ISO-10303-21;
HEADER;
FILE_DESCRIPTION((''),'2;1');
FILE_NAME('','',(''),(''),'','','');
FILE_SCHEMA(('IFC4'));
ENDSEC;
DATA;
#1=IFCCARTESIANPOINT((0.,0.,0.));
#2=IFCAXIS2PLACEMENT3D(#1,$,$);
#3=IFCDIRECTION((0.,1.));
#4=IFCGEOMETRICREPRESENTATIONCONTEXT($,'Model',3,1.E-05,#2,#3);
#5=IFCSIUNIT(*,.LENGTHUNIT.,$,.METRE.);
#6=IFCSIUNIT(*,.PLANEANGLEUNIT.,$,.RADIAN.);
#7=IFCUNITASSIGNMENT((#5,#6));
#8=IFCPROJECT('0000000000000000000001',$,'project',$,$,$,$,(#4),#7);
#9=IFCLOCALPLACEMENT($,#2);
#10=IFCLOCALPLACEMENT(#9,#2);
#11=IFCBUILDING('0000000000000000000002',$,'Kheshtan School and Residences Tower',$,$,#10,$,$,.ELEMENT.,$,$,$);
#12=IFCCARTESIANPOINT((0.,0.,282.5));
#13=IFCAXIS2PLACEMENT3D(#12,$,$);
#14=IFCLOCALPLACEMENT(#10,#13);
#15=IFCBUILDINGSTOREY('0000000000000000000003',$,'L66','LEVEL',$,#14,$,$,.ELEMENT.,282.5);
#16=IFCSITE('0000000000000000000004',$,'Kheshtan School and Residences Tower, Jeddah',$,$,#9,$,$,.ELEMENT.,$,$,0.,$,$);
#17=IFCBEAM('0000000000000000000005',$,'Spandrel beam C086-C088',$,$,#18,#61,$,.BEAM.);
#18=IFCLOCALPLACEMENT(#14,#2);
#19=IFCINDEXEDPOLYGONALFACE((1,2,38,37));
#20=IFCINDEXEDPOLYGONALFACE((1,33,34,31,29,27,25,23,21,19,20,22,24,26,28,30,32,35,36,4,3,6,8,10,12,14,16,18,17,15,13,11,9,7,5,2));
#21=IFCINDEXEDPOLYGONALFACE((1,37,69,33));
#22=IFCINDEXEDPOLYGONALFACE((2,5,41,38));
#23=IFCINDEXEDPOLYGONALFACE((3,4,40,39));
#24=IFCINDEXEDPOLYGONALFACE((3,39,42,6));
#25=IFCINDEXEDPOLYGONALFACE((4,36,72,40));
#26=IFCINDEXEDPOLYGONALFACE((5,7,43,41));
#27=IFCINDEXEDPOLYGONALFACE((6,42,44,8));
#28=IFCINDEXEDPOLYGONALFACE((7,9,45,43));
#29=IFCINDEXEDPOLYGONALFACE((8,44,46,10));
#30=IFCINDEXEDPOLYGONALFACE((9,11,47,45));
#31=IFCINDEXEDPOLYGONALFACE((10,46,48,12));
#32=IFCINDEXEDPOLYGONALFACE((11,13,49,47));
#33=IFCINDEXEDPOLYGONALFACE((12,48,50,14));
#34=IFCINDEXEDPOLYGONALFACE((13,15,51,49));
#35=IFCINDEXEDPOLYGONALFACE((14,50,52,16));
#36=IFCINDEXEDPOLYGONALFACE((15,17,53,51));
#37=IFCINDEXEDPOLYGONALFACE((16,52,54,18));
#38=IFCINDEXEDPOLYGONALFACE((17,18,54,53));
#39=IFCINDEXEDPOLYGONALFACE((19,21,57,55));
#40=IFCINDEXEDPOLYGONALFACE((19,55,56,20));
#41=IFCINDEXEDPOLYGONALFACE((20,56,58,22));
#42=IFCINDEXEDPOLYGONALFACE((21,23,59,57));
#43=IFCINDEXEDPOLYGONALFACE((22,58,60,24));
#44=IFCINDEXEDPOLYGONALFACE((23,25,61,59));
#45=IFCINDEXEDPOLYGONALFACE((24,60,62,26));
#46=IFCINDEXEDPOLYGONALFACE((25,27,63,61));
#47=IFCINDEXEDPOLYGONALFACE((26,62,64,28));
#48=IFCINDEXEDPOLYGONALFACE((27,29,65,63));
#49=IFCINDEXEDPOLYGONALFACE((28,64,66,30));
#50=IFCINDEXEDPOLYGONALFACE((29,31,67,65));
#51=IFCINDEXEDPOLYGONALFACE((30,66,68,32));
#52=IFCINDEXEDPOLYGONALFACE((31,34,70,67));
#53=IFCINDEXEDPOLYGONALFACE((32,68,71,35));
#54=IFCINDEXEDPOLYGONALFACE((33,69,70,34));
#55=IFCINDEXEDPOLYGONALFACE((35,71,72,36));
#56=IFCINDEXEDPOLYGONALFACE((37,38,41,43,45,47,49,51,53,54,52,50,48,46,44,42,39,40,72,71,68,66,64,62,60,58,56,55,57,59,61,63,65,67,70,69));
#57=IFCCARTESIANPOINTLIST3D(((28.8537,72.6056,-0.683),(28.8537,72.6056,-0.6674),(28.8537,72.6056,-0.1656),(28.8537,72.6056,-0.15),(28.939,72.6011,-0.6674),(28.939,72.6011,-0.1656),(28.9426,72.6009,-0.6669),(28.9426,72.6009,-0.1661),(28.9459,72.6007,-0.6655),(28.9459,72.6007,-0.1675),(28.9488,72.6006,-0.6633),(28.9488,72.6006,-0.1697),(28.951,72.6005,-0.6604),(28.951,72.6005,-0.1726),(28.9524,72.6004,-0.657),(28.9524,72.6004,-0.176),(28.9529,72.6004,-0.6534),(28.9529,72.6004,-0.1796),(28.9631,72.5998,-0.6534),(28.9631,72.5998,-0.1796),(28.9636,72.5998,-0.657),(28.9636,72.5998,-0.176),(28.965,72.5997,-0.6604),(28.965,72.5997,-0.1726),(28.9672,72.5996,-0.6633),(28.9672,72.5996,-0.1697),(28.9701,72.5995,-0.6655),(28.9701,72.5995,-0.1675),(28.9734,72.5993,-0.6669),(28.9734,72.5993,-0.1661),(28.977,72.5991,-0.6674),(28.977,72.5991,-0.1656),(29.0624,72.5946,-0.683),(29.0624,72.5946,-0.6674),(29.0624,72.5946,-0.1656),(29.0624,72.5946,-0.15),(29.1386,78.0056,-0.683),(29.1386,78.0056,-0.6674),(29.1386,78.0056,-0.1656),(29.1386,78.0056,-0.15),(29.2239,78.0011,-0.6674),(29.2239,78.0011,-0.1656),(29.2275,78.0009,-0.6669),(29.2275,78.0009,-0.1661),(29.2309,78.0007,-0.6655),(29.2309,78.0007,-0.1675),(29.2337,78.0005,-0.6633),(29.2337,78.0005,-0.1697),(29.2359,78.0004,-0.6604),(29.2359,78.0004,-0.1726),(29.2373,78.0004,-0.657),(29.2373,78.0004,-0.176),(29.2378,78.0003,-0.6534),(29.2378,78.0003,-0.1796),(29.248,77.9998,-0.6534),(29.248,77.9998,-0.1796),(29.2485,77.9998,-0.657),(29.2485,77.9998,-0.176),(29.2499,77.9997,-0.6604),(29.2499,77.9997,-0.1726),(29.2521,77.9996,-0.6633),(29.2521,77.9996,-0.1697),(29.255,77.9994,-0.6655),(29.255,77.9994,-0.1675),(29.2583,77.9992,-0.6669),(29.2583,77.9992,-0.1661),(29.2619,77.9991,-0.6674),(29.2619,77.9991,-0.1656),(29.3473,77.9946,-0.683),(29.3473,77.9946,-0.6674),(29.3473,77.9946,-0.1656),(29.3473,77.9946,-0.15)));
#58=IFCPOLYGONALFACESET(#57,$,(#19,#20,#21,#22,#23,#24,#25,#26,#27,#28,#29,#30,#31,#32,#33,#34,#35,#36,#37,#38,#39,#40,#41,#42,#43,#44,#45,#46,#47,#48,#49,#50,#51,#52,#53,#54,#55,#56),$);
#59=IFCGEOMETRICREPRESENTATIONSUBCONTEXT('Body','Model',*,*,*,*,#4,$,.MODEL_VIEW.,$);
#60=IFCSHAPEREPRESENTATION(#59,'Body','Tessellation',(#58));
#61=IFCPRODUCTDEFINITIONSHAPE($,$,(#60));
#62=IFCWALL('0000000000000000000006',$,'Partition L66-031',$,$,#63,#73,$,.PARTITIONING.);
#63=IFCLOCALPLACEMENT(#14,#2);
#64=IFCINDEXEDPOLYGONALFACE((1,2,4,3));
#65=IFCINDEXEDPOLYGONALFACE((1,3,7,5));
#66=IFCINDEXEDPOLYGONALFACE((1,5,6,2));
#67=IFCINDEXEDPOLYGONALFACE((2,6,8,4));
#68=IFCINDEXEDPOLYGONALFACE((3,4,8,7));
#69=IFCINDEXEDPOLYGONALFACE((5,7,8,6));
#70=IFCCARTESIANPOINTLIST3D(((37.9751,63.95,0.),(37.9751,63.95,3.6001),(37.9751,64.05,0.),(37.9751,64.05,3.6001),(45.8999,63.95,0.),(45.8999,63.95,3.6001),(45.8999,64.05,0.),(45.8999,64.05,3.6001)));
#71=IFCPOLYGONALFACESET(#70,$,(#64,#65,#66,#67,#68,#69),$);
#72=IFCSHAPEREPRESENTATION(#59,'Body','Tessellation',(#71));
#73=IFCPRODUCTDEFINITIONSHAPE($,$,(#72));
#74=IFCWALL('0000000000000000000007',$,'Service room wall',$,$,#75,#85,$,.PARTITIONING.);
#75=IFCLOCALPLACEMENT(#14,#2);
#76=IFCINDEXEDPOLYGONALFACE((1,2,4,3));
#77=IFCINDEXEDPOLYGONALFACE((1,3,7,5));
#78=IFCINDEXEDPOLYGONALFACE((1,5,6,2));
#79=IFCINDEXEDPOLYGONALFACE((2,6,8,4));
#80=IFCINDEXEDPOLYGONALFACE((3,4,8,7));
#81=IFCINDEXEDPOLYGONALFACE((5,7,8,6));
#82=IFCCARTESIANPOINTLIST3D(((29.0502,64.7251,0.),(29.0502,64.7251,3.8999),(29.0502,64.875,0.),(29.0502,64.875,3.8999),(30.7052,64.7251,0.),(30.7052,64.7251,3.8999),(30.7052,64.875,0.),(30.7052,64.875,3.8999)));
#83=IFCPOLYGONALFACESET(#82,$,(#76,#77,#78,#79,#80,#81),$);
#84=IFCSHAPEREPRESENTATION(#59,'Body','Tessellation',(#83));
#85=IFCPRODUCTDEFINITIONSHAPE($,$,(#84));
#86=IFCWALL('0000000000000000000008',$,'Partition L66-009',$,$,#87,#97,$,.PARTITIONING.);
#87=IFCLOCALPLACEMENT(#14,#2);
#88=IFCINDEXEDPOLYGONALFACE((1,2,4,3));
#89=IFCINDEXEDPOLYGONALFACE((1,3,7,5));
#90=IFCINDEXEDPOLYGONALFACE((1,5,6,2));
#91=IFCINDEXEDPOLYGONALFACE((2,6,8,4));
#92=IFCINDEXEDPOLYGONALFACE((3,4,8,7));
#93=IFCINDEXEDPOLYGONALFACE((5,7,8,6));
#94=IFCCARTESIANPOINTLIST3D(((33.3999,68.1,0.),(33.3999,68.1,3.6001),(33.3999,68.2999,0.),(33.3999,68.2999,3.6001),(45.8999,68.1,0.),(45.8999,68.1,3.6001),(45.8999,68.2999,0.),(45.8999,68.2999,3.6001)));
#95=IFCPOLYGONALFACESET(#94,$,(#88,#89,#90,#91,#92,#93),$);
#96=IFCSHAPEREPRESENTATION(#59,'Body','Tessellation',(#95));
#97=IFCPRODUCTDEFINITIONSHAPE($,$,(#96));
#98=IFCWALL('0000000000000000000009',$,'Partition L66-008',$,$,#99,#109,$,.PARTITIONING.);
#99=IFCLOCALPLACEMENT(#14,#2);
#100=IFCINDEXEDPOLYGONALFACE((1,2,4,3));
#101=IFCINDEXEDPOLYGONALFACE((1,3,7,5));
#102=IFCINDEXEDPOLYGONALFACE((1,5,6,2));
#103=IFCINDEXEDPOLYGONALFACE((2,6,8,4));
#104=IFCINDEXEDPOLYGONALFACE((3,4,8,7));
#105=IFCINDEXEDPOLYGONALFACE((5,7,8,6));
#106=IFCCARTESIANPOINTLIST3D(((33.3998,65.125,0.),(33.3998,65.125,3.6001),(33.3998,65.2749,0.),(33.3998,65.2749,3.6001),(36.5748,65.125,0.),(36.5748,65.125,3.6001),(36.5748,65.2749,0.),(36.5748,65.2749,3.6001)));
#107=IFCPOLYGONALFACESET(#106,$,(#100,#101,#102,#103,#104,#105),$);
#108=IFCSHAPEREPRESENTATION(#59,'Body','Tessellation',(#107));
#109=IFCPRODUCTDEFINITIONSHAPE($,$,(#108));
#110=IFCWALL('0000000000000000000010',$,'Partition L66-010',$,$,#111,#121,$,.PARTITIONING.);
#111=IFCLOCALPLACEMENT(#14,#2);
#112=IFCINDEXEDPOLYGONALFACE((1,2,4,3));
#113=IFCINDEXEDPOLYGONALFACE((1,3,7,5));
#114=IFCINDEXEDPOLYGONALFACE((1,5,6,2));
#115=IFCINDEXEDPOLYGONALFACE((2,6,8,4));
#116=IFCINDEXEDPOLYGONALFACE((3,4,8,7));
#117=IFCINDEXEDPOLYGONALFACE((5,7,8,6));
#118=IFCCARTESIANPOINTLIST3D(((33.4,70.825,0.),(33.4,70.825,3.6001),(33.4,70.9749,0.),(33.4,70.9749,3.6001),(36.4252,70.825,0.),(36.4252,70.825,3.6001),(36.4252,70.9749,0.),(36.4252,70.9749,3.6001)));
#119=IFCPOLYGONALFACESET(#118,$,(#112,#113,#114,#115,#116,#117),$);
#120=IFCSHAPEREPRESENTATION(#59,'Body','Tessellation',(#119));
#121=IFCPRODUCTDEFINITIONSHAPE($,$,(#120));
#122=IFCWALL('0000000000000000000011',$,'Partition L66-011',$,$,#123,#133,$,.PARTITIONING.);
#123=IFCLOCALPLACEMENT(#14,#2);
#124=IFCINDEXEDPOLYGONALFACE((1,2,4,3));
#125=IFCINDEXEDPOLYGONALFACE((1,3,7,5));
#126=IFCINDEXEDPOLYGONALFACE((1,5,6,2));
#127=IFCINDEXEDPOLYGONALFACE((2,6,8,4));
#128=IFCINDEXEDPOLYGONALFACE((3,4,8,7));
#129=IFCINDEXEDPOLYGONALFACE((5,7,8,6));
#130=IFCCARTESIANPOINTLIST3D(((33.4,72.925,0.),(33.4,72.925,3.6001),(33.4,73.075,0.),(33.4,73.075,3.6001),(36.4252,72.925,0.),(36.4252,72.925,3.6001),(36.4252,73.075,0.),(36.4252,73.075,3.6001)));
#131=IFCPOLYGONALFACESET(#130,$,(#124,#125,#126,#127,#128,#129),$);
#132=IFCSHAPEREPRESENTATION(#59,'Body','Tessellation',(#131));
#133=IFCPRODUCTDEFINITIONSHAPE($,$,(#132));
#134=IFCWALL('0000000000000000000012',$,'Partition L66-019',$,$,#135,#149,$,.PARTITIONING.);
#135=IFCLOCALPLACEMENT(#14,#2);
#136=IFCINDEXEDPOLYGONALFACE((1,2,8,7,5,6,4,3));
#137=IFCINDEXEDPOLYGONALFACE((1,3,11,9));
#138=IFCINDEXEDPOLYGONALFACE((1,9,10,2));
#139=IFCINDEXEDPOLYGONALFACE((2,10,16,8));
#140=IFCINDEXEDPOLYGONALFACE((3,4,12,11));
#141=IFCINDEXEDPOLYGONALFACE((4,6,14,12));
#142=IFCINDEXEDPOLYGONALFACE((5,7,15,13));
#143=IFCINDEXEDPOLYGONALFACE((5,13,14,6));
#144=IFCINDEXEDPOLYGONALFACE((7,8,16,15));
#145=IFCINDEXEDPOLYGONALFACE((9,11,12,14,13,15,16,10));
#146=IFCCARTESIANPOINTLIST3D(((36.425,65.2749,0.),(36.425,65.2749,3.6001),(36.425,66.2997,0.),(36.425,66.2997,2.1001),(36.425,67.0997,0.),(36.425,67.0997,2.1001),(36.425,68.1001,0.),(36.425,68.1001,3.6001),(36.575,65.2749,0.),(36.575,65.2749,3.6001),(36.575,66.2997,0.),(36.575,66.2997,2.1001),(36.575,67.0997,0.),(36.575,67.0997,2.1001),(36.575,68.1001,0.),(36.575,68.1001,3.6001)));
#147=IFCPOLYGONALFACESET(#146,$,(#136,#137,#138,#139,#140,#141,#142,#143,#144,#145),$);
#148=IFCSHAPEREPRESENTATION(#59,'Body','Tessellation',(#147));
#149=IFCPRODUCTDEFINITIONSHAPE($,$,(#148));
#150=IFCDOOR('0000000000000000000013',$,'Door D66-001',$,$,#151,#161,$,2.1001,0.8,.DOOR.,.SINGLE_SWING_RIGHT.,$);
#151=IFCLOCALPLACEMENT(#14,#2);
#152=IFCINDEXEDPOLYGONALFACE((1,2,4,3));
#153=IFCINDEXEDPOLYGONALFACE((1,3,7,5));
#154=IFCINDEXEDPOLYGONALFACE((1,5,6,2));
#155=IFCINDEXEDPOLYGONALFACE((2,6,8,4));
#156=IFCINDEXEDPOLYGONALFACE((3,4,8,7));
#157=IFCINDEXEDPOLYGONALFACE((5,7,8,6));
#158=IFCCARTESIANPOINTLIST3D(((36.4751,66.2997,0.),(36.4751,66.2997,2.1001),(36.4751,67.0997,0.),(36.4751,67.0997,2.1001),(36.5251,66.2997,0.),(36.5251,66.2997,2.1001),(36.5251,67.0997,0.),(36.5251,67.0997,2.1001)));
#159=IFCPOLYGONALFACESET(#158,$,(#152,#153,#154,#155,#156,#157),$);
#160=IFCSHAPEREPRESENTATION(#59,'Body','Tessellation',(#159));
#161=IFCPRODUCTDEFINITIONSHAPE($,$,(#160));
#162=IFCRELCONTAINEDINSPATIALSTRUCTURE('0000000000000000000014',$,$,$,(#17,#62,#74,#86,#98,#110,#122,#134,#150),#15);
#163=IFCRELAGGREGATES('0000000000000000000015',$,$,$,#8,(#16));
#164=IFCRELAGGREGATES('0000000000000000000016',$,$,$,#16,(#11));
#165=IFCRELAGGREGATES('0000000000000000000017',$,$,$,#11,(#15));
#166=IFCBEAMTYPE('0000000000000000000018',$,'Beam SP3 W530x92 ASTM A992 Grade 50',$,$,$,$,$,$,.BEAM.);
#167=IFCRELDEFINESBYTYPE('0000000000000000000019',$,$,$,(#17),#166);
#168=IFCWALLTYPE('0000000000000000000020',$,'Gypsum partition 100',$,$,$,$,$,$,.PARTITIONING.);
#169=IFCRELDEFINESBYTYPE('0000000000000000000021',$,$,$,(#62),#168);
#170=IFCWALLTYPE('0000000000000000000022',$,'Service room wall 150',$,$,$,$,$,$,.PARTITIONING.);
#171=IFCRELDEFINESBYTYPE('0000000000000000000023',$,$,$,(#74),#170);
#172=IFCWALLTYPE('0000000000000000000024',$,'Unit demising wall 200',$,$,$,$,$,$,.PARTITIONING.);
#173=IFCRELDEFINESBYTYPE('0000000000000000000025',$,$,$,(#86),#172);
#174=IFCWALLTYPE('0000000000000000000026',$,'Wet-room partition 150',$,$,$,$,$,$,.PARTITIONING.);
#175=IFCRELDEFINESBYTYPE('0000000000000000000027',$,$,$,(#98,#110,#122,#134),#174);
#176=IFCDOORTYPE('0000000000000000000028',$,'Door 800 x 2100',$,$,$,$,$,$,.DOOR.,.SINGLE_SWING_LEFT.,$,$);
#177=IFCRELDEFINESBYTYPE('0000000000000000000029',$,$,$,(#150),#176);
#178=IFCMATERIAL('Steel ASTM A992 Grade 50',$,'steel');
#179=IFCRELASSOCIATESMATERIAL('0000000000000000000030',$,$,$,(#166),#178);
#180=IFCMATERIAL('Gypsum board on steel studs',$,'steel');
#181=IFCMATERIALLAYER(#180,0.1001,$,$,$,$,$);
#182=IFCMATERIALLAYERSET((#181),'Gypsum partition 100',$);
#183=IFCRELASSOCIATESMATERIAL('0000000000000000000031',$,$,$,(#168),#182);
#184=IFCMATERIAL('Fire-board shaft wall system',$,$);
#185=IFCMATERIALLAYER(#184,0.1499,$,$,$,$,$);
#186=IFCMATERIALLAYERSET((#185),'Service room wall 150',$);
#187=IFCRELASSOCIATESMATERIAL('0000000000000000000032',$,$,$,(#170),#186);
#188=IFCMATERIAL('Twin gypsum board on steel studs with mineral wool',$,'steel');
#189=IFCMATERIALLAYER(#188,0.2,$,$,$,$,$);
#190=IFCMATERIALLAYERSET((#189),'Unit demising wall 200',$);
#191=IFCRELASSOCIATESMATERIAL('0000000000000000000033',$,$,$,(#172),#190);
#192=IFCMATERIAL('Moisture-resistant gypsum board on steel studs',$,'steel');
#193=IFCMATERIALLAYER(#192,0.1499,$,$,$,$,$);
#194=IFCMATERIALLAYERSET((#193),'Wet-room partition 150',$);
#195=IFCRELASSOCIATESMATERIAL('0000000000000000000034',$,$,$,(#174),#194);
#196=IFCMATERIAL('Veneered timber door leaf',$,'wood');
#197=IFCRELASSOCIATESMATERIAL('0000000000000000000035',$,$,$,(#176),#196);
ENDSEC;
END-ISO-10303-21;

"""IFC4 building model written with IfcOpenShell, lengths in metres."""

from ifc_helpers import new_model, si_unit, direction, frame, frame_2d, origin, origin_2d, place, context, subcontext, project, spatial, rectangle, i_section, extrude, source, transform, mapped, material, layer, layer_set, material_profile, profile_set, type_object, element, fill, save


model = new_model("IFC4")

# Units and contexts
model_context = context("Model", 3, precision=1e-05, world=origin(), true_north=direction((0.0, 1.0)))
body_context = subcontext(model_context, "Body", "Model", "MODEL_VIEW")
ifc_project = project(units=[si_unit("LENGTHUNIT", "METRE"), si_unit("PLANEANGLEUNIT", "RADIAN")], contexts=[model_context])

# Site, building, storey
site_placement = place(None, origin())
site = spatial("IfcSite", under=ifc_project, at=site_placement, Name="Kheshtan School and Residences Tower, Jeddah", CompositionType="ELEMENT", RefElevation=0.0)
building_placement = place(site_placement, origin())
building = spatial("IfcBuilding", under=site, at=building_placement, Name="Kheshtan School and Residences Tower", CompositionType="ELEMENT")
storey_placement = place(building_placement, frame((0.0, 0.0, 282.5)))
storey = spatial("IfcBuildingStorey", under=building, at=storey_placement, Name="L66", Description="LEVEL", CompositionType="ELEMENT", Elevation=282.5)

# Shared definitions
ifc_material_1 = material(Name="Steel ASTM A992 Grade 50", Category="steel")

# Beam
ifc_material_profile_1 = material_profile(ifc_material_1, i_section(OverallWidth=0.209, OverallDepth=0.533, WebThickness=0.0103, FlangeThickness=0.0156, FilletRadius=0.0139, at=origin_2d()), Name="W530x92")
ifc_profile_set_1 = profile_set([ifc_material_profile_1], Name="Steel ASTM A992 Grade 50")
beam_type_1 = type_object("IfcBeamType", Name="Beam SP3 W530x92 ASTM A992 Grade 50", PredefinedType="BEAM", material=ifc_profile_set_1)
beam_1_placement = place(storey_placement, frame((28.958, 72.6001, -0.4165), z_axis=(0.052689, 0.998611, 0.0), x_axis=(-0.998611, 0.052689, 0.0)))
element("IfcBeam", 1, at=beam_1_placement, inside=storey, type_object=beam_type_1, Name="Spandrel beam C086-C088", PredefinedType="BEAM", context=body_context, shape_type="SweptSolid", body=[
    extrude(i_section(OverallWidth=0.209, OverallDepth=0.533, WebThickness=0.0103, FlangeThickness=0.0156, FilletRadius=0.0139, at=origin_2d()), origin(), (0.0, 0.0, 1.0), 5.4075),
])

# Walls
ifc_material_2 = material(Name="Gypsum board on steel studs", Category="steel")
ifc_layer_1 = layer(ifc_material_2, 0.1001)
ifc_layer_set_1 = layer_set([ifc_layer_1], Name="Gypsum partition 100")
wall_type_1 = type_object("IfcWallType", Name="Gypsum partition 100", PredefinedType="PARTITIONING", material=ifc_layer_set_1)
wall_1_placement = place(storey_placement, frame((37.9751, 64.0, 0.0), z_axis=(0.0, 0.0, 1.0), x_axis=(1.0, 0.0, 0.0)))
element("IfcWall", 2, at=wall_1_placement, inside=storey, type_object=wall_type_1, Name="Partition L66-031", PredefinedType="PARTITIONING", context=body_context, shape_type="SweptSolid", body=[
    extrude(rectangle(XDim=7.9248, YDim=0.1001, at=frame_2d((3.9624, 0.0))), origin(), (0.0, 0.0, 1.0), 3.6001),
])
ifc_material_3 = material(Name="Fire-board shaft wall system")
ifc_layer_2 = layer(ifc_material_3, 0.1499)
ifc_layer_set_2 = layer_set([ifc_layer_2], Name="Service room wall 150")
wall_type_2 = type_object("IfcWallType", Name="Service room wall 150", PredefinedType="PARTITIONING", material=ifc_layer_set_2)
wall_2_placement = place(storey_placement, frame((29.05, 64.8, 0.0), z_axis=(0.0, 0.0, 1.0), x_axis=(1.0, 0.0, 0.0)))
element("IfcWall", 3, at=wall_2_placement, inside=storey, type_object=wall_type_2, Name="Service room wall", PredefinedType="PARTITIONING", context=body_context, shape_type="SweptSolid", body=[
    extrude(rectangle(XDim=1.655, YDim=0.1499, at=frame_2d((0.8276, 0.0))), origin(), (0.0, 0.0, 1.0), 3.8999),
])
ifc_material_4 = material(Name="Twin gypsum board on steel studs with mineral wool", Category="steel")
ifc_layer_3 = layer(ifc_material_4, 0.2)
ifc_layer_set_3 = layer_set([ifc_layer_3], Name="Unit demising wall 200")
wall_type_3 = type_object("IfcWallType", Name="Unit demising wall 200", PredefinedType="PARTITIONING", material=ifc_layer_set_3)
wall_3_placement = place(storey_placement, frame((33.3999, 68.2, 0.0), z_axis=(0.0, 0.0, 1.0), x_axis=(1.0, 0.0, 0.0)))
element("IfcWall", 4, at=wall_3_placement, inside=storey, type_object=wall_type_3, Name="Partition L66-009", PredefinedType="PARTITIONING", context=body_context, shape_type="SweptSolid", body=[
    extrude(rectangle(XDim=12.5, YDim=0.2, at=frame_2d((6.25, 0.0))), origin(), (0.0, 0.0, 1.0), 3.6001),
])
ifc_material_5 = material(Name="Moisture-resistant gypsum board on steel studs", Category="steel")
ifc_layer_4 = layer(ifc_material_5, 0.1499)
ifc_layer_set_4 = layer_set([ifc_layer_4], Name="Wet-room partition 150")
wall_type_4 = type_object("IfcWallType", Name="Wet-room partition 150", PredefinedType="PARTITIONING", material=ifc_layer_set_4)
wall_4_placement = place(storey_placement, frame((33.3999, 65.2, 0.0), z_axis=(0.0, 0.0, 1.0), x_axis=(1.0, 0.0, 0.0)))
element("IfcWall", 5, at=wall_4_placement, inside=storey, type_object=wall_type_4, Name="Partition L66-008", PredefinedType="PARTITIONING", context=body_context, shape_type="SweptSolid", body=[
    extrude(rectangle(XDim=3.175, YDim=0.1499, at=frame_2d((1.5874, 0.0))), origin(), (0.0, 0.0, 1.0), 3.6001),
])
for number, where, z_axis, x_axis, name in (
    (6, (33.3999, 70.8999, 0.0), (0.0, 0.0, 1.0), (1.0, 0.0, 0.0), "Partition L66-010"),
    (7, (33.3999, 73.0, 0.0), (0.0, 0.0, 1.0), (1.0, 0.0, 0.0), "Partition L66-011"),
):
    element("IfcWall", number, at=place(storey_placement, frame(where, z_axis=z_axis, x_axis=x_axis)), inside=storey, type_object=wall_type_4, Name=name, PredefinedType="PARTITIONING", context=body_context, shape_type="SweptSolid", body=[
        extrude(rectangle(XDim=3.0251, YDim=0.1499, at=frame_2d((1.5127, 0.0))), origin(), (0.0, 0.0, 1.0), 3.6001),
    ])

# Wall, opening, door
wall_5_placement = place(storey_placement, frame((36.5, 65.2749, 0.0), z_axis=(0.0, 0.0, 1.0), x_axis=(0.0, 1.0, 0.0)))
wall_5 = element("IfcWall", 8, at=wall_5_placement, inside=storey, type_object=wall_type_4, Name="Partition L66-019", PredefinedType="PARTITIONING", context=body_context, shape_type="SweptSolid", body=[
    extrude(rectangle(XDim=2.8252, YDim=0.1499, at=frame_2d((1.4126, 0.0))), origin(), (0.0, 0.0, 1.0), 3.6001),
])
opening_1_placement = place(wall_5_placement, frame((1.0249, 0.0, 0.0)))
opening_1 = element("IfcOpeningElement", 9, at=opening_1_placement, cuts=wall_5, PredefinedType="OPENING", context=body_context, shape_type="SweptSolid", body=[
    extrude(rectangle(XDim=0.8, YDim=2.1001, at=frame_2d((0.3999, 1.05))), frame((0.0, 0.085, 0.0), z_axis=(0.0, -1.0, 0.0), x_axis=(1.0, 0.0, 0.0)), (0.0, 0.0, 1.0), 0.1699),
])
ifc_material_6 = material(Name="Veneered timber door leaf", Category="wood")
door_type_1 = type_object("IfcDoorType", Name="Door 800 x 2100", OperationType="SINGLE_SWING_LEFT", PredefinedType="DOOR", material=ifc_material_6)
shared_shape_1 = source(origin(), body_context, "Body", "SweptSolid", [
    extrude(rectangle(XDim=0.8, YDim=2.1001, at=frame_2d((0.3999, 1.05))), frame((0.0, 0.0249, 0.0), z_axis=(0.0, -1.0, 0.0), x_axis=(1.0, 0.0, 0.0)), (0.0, 0.0, 1.0), 0.05),
])
door_1_placement = place(opening_1_placement, origin())
door_1 = element("IfcDoor", 10, at=door_1_placement, inside=storey, type_object=door_type_1, Name="Door D66-001", OperationType="SINGLE_SWING_RIGHT", OverallHeight=2.1001, OverallWidth=0.8, PredefinedType="DOOR", context=body_context, shape_type="MappedRepresentation", body=[
    mapped(shared_shape_1, transform((0.0, 0.0, 0.0), x_axis=(1.0, 0.0, 0.0), y_axis=(0.0, 1.0, 0.0), z_axis=(0.0, 0.0, 1.0), scale=1.0)),
])
fill(opening_1, door_1)

save(model, "model.ifc")
